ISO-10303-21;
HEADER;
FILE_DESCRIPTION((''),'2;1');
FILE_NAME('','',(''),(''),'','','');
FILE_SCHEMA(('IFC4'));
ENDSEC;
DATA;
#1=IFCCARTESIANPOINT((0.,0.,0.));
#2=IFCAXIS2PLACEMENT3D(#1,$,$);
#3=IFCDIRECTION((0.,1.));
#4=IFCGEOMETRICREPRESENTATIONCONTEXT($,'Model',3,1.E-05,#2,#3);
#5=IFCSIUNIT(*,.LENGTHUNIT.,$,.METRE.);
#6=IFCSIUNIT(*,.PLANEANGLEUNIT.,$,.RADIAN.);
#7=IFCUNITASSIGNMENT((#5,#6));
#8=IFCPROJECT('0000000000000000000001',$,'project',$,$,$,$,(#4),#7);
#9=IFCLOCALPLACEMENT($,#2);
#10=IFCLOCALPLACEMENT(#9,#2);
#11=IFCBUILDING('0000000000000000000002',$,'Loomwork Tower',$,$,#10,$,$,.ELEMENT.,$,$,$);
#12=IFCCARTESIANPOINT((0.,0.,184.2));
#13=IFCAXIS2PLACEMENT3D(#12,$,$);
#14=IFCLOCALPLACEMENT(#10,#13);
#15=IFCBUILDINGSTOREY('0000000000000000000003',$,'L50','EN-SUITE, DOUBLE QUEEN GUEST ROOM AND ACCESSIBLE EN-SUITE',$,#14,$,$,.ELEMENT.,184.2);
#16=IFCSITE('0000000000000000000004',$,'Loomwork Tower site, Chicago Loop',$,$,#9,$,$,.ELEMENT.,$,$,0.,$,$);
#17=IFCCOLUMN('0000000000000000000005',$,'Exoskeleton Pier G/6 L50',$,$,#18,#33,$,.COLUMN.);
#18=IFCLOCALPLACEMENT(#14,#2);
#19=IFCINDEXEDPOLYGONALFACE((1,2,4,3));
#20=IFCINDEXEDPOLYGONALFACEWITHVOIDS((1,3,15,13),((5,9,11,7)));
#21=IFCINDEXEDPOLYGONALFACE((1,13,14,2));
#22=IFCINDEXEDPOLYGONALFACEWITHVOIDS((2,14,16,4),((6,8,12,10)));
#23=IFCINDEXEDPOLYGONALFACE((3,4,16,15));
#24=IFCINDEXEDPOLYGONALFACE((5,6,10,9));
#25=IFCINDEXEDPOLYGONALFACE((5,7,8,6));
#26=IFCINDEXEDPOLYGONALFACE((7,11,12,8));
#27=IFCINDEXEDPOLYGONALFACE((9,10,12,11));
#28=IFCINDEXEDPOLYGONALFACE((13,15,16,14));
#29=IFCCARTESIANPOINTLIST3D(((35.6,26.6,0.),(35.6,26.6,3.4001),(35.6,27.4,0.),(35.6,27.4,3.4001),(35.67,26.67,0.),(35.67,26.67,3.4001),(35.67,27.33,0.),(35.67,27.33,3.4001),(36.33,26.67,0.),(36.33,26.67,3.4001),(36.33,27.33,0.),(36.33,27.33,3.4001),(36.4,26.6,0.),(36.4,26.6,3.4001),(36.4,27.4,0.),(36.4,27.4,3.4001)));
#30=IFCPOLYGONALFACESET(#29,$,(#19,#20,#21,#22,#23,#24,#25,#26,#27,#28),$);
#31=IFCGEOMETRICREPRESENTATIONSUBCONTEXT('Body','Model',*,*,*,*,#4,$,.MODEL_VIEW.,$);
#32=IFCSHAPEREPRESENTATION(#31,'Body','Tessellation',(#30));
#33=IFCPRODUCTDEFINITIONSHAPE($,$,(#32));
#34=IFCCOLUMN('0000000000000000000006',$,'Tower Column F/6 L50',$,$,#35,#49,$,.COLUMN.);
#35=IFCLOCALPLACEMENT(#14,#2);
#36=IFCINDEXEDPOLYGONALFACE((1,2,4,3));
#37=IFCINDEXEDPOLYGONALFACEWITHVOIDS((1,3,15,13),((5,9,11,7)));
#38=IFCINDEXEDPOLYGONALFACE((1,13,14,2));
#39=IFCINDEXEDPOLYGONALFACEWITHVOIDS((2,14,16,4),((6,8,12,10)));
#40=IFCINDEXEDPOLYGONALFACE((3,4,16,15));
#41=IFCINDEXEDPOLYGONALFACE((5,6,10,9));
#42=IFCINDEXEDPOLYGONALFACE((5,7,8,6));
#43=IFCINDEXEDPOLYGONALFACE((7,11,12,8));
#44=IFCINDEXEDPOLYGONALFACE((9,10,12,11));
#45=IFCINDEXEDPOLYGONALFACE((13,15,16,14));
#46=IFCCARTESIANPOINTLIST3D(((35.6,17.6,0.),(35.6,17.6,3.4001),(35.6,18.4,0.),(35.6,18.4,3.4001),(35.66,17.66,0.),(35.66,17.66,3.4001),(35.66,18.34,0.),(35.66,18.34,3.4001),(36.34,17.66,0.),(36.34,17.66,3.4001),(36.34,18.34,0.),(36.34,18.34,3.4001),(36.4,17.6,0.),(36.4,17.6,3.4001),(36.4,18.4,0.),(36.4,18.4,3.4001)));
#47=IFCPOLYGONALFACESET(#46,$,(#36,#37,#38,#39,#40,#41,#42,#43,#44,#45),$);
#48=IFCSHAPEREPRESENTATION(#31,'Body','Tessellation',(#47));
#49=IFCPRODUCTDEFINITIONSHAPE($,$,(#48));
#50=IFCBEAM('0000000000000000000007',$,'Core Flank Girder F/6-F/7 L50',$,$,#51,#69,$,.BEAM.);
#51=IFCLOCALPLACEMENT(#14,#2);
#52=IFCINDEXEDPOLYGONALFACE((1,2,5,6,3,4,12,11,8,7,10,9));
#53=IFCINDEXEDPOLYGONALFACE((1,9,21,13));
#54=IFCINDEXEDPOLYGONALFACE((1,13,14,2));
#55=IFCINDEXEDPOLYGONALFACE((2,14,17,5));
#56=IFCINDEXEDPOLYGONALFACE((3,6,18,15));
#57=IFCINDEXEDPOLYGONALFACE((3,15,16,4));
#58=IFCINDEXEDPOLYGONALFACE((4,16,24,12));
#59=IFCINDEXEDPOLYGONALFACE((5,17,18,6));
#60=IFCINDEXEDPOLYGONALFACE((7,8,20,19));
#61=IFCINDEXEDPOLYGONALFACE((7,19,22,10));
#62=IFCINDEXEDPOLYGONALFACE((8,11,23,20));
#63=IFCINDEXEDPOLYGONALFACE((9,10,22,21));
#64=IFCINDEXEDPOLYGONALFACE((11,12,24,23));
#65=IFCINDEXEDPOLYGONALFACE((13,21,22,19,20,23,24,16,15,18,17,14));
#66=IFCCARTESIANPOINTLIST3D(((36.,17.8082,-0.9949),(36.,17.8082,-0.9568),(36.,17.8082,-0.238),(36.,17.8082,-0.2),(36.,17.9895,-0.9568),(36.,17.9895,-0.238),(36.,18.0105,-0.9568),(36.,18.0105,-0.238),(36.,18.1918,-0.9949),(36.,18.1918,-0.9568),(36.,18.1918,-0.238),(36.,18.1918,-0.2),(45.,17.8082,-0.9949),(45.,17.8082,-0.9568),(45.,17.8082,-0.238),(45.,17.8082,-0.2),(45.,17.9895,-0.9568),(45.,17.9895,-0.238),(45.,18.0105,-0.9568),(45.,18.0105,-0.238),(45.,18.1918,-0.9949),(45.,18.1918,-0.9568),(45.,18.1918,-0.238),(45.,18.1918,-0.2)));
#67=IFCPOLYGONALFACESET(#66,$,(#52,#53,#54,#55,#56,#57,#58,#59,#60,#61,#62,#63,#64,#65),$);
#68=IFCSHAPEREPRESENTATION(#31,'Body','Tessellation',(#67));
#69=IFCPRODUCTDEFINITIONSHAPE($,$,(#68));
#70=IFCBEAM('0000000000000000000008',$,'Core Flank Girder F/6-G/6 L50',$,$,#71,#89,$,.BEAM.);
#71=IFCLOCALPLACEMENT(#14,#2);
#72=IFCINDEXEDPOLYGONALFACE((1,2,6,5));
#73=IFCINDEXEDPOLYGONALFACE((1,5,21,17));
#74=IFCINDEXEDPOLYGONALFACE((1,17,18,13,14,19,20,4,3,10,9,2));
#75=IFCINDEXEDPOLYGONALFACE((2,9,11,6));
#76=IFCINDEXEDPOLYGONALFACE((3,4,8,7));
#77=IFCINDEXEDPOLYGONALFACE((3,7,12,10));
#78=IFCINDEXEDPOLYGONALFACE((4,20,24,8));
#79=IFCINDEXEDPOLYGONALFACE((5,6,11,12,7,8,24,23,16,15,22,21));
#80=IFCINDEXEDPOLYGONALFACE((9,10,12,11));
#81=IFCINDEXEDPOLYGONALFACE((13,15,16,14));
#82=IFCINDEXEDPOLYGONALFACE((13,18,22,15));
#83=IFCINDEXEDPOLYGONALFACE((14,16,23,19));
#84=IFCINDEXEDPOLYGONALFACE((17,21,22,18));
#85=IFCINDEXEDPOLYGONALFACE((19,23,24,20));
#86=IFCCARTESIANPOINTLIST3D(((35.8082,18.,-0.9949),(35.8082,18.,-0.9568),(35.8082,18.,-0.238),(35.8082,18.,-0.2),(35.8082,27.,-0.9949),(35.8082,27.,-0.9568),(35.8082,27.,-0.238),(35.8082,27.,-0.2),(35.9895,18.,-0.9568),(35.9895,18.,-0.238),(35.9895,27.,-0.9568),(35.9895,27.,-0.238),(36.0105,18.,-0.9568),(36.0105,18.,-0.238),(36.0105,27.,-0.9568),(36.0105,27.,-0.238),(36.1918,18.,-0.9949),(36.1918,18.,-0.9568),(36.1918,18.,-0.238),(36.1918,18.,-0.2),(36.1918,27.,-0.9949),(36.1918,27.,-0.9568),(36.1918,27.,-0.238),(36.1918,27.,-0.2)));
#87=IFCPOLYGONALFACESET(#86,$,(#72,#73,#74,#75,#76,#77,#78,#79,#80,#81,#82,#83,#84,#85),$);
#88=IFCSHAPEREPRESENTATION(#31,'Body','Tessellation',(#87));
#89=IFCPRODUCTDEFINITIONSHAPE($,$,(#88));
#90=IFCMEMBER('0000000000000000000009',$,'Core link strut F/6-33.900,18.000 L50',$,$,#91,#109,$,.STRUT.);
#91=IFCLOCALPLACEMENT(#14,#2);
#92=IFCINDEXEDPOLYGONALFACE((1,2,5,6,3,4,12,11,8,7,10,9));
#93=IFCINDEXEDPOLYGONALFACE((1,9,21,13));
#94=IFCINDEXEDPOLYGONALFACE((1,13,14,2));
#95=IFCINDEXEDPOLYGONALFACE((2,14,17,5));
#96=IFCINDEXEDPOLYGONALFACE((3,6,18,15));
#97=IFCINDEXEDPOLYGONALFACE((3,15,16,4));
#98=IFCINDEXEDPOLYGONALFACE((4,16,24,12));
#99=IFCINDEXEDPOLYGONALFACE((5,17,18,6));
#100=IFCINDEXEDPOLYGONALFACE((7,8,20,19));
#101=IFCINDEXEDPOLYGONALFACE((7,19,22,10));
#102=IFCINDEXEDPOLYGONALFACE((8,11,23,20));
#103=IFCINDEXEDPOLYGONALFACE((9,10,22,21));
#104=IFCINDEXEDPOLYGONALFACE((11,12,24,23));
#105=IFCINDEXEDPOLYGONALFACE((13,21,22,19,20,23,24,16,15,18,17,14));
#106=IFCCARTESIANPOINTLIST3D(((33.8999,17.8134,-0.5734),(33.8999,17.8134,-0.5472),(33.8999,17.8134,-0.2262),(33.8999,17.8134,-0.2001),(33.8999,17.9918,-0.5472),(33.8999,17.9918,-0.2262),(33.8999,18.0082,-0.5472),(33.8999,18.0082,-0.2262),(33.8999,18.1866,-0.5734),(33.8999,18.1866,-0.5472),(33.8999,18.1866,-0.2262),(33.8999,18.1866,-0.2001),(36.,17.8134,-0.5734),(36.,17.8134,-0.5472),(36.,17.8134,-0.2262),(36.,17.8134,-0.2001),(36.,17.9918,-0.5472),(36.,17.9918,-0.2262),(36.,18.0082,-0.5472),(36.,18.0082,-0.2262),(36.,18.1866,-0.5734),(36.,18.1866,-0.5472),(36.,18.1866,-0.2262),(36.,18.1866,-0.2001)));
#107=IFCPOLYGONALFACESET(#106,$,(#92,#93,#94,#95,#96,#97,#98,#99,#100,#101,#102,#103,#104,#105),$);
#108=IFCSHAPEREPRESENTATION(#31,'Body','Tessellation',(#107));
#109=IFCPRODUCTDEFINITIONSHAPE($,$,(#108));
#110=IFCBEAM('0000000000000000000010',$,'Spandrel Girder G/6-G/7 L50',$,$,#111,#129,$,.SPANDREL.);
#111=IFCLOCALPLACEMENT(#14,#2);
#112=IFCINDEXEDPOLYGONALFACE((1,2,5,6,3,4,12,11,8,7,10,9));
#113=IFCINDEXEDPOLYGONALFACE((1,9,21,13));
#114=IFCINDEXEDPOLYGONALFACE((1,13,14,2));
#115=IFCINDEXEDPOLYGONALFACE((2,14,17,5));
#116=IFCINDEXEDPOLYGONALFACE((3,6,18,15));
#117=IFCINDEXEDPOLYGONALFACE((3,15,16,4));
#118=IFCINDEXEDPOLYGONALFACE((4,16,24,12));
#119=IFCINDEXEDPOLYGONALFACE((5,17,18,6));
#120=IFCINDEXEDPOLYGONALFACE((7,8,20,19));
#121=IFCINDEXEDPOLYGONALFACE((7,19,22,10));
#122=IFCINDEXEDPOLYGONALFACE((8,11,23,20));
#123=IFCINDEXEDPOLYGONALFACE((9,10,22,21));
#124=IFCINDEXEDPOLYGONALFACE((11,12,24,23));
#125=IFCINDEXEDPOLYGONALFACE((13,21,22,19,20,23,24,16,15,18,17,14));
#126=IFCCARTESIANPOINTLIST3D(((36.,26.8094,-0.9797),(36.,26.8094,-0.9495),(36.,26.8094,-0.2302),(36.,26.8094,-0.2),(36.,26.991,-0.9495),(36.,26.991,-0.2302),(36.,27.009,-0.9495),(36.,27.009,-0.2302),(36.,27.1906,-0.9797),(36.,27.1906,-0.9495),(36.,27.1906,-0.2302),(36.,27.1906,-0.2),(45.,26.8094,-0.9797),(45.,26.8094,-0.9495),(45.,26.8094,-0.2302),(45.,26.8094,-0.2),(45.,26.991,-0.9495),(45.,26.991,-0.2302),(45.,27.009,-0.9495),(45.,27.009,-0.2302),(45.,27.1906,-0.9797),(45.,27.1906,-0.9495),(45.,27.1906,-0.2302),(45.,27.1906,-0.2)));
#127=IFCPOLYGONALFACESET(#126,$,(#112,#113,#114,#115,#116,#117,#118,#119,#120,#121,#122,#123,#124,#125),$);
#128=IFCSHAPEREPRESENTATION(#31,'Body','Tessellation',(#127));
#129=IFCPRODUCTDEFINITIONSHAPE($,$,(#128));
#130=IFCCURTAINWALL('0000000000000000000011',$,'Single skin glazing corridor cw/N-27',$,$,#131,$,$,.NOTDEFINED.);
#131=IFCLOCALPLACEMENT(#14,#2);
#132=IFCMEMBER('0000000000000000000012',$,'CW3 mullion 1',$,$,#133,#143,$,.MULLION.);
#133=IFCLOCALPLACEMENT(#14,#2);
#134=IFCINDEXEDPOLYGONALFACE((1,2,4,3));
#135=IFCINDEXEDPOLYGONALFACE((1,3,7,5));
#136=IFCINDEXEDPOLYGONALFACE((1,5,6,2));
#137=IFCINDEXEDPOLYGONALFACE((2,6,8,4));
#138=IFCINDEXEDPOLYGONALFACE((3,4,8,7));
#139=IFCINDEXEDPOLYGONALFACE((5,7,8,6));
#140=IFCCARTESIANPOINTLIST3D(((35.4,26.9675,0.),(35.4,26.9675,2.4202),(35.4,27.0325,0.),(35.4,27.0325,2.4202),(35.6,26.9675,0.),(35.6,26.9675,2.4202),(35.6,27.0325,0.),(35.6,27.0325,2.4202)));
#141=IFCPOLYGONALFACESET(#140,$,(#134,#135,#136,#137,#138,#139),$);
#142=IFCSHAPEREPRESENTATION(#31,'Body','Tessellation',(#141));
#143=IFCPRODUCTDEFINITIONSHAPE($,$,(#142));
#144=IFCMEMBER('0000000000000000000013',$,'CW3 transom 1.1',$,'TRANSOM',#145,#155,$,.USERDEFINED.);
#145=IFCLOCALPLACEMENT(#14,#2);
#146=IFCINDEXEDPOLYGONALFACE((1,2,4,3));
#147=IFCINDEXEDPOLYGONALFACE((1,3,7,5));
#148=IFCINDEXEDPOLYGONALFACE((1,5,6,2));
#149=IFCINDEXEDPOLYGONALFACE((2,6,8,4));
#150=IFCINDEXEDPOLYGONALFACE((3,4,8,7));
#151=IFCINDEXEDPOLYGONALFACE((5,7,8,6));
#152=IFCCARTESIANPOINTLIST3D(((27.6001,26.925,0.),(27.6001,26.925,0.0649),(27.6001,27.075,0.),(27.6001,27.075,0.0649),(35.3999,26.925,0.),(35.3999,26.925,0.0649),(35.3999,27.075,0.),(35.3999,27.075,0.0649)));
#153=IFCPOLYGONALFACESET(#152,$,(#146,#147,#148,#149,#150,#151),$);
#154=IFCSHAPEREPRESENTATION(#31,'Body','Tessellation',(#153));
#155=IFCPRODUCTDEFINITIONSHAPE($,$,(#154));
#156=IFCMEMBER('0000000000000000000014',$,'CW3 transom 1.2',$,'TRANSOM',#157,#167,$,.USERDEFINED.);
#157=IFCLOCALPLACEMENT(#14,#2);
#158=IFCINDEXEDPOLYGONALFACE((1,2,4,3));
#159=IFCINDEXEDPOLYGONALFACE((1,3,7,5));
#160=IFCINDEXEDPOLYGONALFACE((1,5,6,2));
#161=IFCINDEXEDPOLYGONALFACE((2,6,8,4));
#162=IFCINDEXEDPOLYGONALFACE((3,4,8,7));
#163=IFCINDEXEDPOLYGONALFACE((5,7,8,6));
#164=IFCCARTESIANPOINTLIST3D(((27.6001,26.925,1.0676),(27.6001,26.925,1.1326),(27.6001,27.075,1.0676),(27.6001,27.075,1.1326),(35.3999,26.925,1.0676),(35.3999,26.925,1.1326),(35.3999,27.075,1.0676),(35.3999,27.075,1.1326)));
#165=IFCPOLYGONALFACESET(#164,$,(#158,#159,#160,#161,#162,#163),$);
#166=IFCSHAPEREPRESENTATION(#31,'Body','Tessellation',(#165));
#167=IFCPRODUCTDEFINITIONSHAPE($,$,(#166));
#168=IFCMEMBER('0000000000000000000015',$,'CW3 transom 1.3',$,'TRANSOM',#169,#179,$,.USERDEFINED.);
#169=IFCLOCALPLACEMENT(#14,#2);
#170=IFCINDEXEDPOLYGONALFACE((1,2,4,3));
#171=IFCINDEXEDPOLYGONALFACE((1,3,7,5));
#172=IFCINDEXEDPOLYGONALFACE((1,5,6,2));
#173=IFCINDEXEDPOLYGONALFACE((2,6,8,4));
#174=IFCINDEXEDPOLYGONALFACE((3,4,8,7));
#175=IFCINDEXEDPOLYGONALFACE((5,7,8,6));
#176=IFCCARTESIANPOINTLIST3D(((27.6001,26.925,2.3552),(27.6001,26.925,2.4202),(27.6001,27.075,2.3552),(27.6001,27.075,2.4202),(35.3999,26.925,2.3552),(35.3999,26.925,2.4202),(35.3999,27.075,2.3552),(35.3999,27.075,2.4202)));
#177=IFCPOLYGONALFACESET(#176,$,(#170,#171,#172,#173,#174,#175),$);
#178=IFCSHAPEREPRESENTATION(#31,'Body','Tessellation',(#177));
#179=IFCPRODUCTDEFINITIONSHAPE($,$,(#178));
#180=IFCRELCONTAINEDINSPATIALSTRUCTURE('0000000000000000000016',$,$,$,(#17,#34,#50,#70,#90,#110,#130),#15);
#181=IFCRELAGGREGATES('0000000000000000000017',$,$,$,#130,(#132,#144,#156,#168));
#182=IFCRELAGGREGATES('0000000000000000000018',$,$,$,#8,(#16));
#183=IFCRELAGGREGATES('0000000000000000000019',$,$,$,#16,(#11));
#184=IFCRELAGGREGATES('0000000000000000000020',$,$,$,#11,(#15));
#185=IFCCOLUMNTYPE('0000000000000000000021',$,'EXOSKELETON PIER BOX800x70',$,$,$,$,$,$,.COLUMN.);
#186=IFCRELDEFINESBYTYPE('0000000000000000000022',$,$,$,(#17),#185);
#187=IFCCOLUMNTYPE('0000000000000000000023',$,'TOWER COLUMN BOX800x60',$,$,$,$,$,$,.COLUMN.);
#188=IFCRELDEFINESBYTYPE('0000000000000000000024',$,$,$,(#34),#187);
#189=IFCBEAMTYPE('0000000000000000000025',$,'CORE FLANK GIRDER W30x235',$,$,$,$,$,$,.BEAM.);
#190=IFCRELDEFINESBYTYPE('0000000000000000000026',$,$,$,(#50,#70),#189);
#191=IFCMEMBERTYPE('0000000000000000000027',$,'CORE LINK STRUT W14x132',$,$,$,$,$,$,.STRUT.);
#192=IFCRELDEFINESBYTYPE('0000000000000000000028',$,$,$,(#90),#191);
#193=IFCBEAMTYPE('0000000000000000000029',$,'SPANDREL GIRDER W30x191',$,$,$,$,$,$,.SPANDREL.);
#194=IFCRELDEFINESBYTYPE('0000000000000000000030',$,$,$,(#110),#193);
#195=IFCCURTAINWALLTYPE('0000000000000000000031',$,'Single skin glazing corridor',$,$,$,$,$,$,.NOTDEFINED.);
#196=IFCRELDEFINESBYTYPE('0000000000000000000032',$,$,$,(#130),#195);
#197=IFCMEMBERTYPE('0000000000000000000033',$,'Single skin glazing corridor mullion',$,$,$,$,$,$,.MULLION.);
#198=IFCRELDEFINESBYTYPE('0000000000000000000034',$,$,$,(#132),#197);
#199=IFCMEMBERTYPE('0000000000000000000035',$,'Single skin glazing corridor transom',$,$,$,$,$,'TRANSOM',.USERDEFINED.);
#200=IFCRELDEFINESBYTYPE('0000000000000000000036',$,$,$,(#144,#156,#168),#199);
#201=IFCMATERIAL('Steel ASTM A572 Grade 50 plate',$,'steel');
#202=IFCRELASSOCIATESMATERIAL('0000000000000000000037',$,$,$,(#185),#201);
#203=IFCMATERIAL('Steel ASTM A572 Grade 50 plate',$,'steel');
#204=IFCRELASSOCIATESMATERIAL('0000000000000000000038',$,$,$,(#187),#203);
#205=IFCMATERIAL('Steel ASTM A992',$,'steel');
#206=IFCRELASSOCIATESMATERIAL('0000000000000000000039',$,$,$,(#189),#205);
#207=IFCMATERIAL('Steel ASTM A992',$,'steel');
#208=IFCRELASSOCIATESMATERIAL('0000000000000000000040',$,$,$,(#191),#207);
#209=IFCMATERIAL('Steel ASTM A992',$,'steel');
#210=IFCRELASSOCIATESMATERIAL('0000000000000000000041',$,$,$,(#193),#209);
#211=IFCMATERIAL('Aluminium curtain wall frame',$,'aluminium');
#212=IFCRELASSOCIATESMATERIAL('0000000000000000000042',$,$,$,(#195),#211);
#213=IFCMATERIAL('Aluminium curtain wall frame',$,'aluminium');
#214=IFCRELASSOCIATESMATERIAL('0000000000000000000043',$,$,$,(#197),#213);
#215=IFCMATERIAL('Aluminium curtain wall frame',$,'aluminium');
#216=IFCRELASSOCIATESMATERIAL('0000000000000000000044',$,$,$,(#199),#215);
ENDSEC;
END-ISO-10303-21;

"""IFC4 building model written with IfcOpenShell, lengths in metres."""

from ifc_helpers import new_model, si_unit, direction, frame, origin, origin_2d, place, context, subcontext, project, spatial, rectangle, hollow_rectangle, i_section, extrude, material, material_profile, profile_set, type_object, element, aggregate, save


model = new_model("IFC4")

# Units and contexts
model_context = context("Model", 3, precision=1e-05, world=origin(), true_north=direction((0.0, 1.0)))
body_context = subcontext(model_context, "Body", "Model", "MODEL_VIEW")
ifc_project = project(units=[si_unit("LENGTHUNIT", "METRE"), si_unit("PLANEANGLEUNIT", "RADIAN")], contexts=[model_context])

# Site, building, storey
site_placement = place(None, origin())
site = spatial("IfcSite", under=ifc_project, at=site_placement, Name="Loomwork Tower site, Chicago Loop", CompositionType="ELEMENT", RefElevation=0.0)
building_placement = place(site_placement, origin())
building = spatial("IfcBuilding", under=site, at=building_placement, Name="Loomwork Tower", CompositionType="ELEMENT")
storey_placement = place(building_placement, frame((0.0, 0.0, 184.2)))
storey = spatial("IfcBuildingStorey", under=building, at=storey_placement, Name="L50", Description="EN-SUITE, DOUBLE QUEEN GUEST ROOM AND ACCESSIBLE EN-SUITE", CompositionType="ELEMENT", Elevation=184.2)

# Columns
ifc_material_1 = material(Name="Steel ASTM A572 Grade 50 plate", Category="steel")
ifc_material_profile_1 = material_profile(ifc_material_1, hollow_rectangle(XDim=0.8, YDim=0.8, WallThickness=0.0701, at=origin_2d()), Name="BOX800x70")
ifc_profile_set_1 = profile_set([ifc_material_profile_1], Name="Steel ASTM A572 Grade 50 plate")
column_type_1 = type_object("IfcColumnType", Name="EXOSKELETON PIER BOX800x70", PredefinedType="COLUMN", material=ifc_profile_set_1)
column_1_placement = place(storey_placement, frame((36.0, 27.0, 0.0), z_axis=(0.0, 0.0, 1.0), x_axis=(1.0, 0.0, 0.0)))
element("IfcColumn", 1, at=column_1_placement, inside=storey, type_object=column_type_1, Name="Exoskeleton Pier G/6 L50", PredefinedType="COLUMN", context=body_context, shape_type="SweptSolid", body=[
    extrude(hollow_rectangle(XDim=0.8, YDim=0.8, WallThickness=0.0701, at=origin_2d()), origin(), (0.0, 0.0, 1.0), 3.4001),
])
ifc_material_2 = material(Name="Steel ASTM A572 Grade 50 plate", Category="steel")
ifc_material_profile_2 = material_profile(ifc_material_2, hollow_rectangle(XDim=0.8, YDim=0.8, WallThickness=0.0601, at=origin_2d()), Name="BOX800x60")
ifc_profile_set_2 = profile_set([ifc_material_profile_2], Name="Steel ASTM A572 Grade 50 plate")
column_type_2 = type_object("IfcColumnType", Name="TOWER COLUMN BOX800x60", PredefinedType="COLUMN", material=ifc_profile_set_2)
column_2_placement = place(storey_placement, frame((36.0, 18.0, 0.0), z_axis=(0.0, 0.0, 1.0), x_axis=(0.0, 1.0, 0.0)))
element("IfcColumn", 2, at=column_2_placement, inside=storey, type_object=column_type_2, Name="Tower Column F/6 L50", PredefinedType="COLUMN", context=body_context, shape_type="SweptSolid", body=[
    extrude(hollow_rectangle(XDim=0.8, YDim=0.8, WallThickness=0.0601, at=origin_2d()), origin(), (0.0, 0.0, 1.0), 3.4001),
])

# Beams
ifc_material_3 = material(Name="Steel ASTM A992", Category="steel")
ifc_material_profile_3 = material_profile(ifc_material_3, i_section(OverallWidth=0.3835, OverallDepth=0.7949, WebThickness=0.021, FlangeThickness=0.0381, at=origin_2d()), Name="W30x235")
ifc_profile_set_3 = profile_set([ifc_material_profile_3], Name="Steel ASTM A992")
beam_type_1 = type_object("IfcBeamType", Name="CORE FLANK GIRDER W30x235", PredefinedType="BEAM", material=ifc_profile_set_3)
for number, where, z_axis, x_axis, name in (
    (3, (36.0, 18.0, -0.5974), (1.0, 0.0, 0.0), (0.0, 1.0, 0.0), "Core Flank Girder F/6-F/7 L50"),
    (4, (36.0, 18.0, -0.5974), (0.0, 1.0, 0.0), (-1.0, 0.0, 0.0), "Core Flank Girder F/6-G/6 L50"),
):
    element("IfcBeam", number, at=place(storey_placement, frame(where, z_axis=z_axis, x_axis=x_axis)), inside=storey, type_object=beam_type_1, Name=name, PredefinedType="BEAM", context=body_context, shape_type="SweptSolid", body=[
        extrude(i_section(OverallWidth=0.3835, OverallDepth=0.7949, WebThickness=0.021, FlangeThickness=0.0381, at=origin_2d()), origin(), (0.0, 0.0, 1.0), 9.0),
    ])

# Member
ifc_material_4 = material(Name="Steel ASTM A992", Category="steel")
ifc_material_profile_4 = material_profile(ifc_material_4, i_section(OverallWidth=0.3733, OverallDepth=0.3733, WebThickness=0.0164, FlangeThickness=0.0261, at=origin_2d()), Name="W14x132")
ifc_profile_set_4 = profile_set([ifc_material_profile_4], Name="Steel ASTM A992")
member_type_1 = type_object("IfcMemberType", Name="CORE LINK STRUT W14x132", PredefinedType="STRUT", material=ifc_profile_set_4)
member_1_placement = place(storey_placement, frame((36.0, 18.0, -0.3867), z_axis=(-1.0, 0.0, 0.0), x_axis=(0.0, -1.0, 0.0)))
element("IfcMember", 5, at=member_1_placement, inside=storey, type_object=member_type_1, Name="Core link strut F/6-33.900,18.000 L50", PredefinedType="STRUT", context=body_context, shape_type="SweptSolid", body=[
    extrude(i_section(OverallWidth=0.3733, OverallDepth=0.3733, WebThickness=0.0164, FlangeThickness=0.0261, at=origin_2d()), origin(), (0.0, 0.0, 1.0), 2.1001),
])

# Beam
ifc_material_5 = material(Name="Steel ASTM A992", Category="steel")
ifc_material_profile_5 = material_profile(ifc_material_5, i_section(OverallWidth=0.3811, OverallDepth=0.7798, WebThickness=0.0181, FlangeThickness=0.0303, at=origin_2d()), Name="W30x191")
ifc_profile_set_5 = profile_set([ifc_material_profile_5], Name="Steel ASTM A992")
beam_type_2 = type_object("IfcBeamType", Name="SPANDREL GIRDER W30x191", PredefinedType="SPANDREL", material=ifc_profile_set_5)
beam_placement = place(storey_placement, frame((36.0, 27.0, -0.5898), z_axis=(1.0, 0.0, 0.0), x_axis=(0.0, 1.0, 0.0)))
element("IfcBeam", 6, at=beam_placement, inside=storey, type_object=beam_type_2, Name="Spandrel Girder G/6-G/7 L50", PredefinedType="SPANDREL", context=body_context, shape_type="SweptSolid", body=[
    extrude(i_section(OverallWidth=0.3811, OverallDepth=0.7798, WebThickness=0.0181, FlangeThickness=0.0303, at=origin_2d()), origin(), (0.0, 0.0, 1.0), 9.0),
])

# Curtain wall, members
ifc_material_6 = material(Name="Aluminium curtain wall frame", Category="aluminium")
curtain_wall_type = type_object("IfcCurtainWallType", Name="Single skin glazing corridor", PredefinedType="NOTDEFINED", material=ifc_material_6)
curtain_wall_placement = place(storey_placement, origin())
curtain_wall = element("IfcCurtainWall", 7, at=curtain_wall_placement, inside=storey, type_object=curtain_wall_type, Name="Single skin glazing corridor cw/N-27", PredefinedType="NOTDEFINED")
ifc_material_7 = material(Name="Aluminium curtain wall frame", Category="aluminium")
ifc_material_profile_6 = material_profile(ifc_material_7, rectangle(XDim=0.0649, YDim=0.2, at=origin_2d()), Name="AL 65x200")
ifc_profile_set_6 = profile_set([ifc_material_profile_6], Name="Aluminium curtain wall frame")
member_type_2 = type_object("IfcMemberType", Name="Single skin glazing corridor mullion", PredefinedType="MULLION", material=ifc_profile_set_6)
member_2_placement = place(storey_placement, frame((35.5, 27.0, 0.0), z_axis=(0.0, 0.0, 1.0), x_axis=(0.0, -1.0, 0.0)))
member_2 = element("IfcMember", 8, at=member_2_placement, type_object=member_type_2, Name="CW3 mullion 1", PredefinedType="MULLION", context=body_context, shape_type="SweptSolid", body=[
    extrude(rectangle(XDim=0.0649, YDim=0.2, at=origin_2d()), origin(), (0.0, 0.0, 1.0), 2.4202),
])
ifc_material_8 = material(Name="Aluminium curtain wall frame", Category="aluminium")
ifc_material_profile_7 = material_profile(ifc_material_8, rectangle(XDim=0.1499, YDim=0.0649, at=origin_2d()), Name="AL 65x150")
ifc_profile_set_7 = profile_set([ifc_material_profile_7], Name="Aluminium curtain wall frame")
member_type_3 = type_object("IfcMemberType", Name="Single skin glazing corridor transom", ElementType="TRANSOM", PredefinedType="USERDEFINED", material=ifc_profile_set_7)
member_3_placement = place(storey_placement, frame((35.3999, 27.0, 0.0325), z_axis=(-1.0, 0.0, 0.0), x_axis=(0.0, -1.0, 0.0)))
member_3 = element("IfcMember", 9, at=member_3_placement, type_object=member_type_3, Name="CW3 transom 1.1", ObjectType="TRANSOM", PredefinedType="USERDEFINED", context=body_context, shape_type="SweptSolid", body=[
    extrude(rectangle(XDim=0.1499, YDim=0.0649, at=origin_2d()), origin(), (0.0, 0.0, 1.0), 7.7998),
])
member_4_placement = place(storey_placement, frame((35.3999, 27.0, 1.1001), z_axis=(-1.0, 0.0, 0.0), x_axis=(0.0, -1.0, 0.0)))
member_4 = element("IfcMember", 10, at=member_4_placement, type_object=member_type_3, Name="CW3 transom 1.2", ObjectType="TRANSOM", PredefinedType="USERDEFINED", context=body_context, shape_type="SweptSolid", body=[
    extrude(rectangle(XDim=0.1499, YDim=0.0649, at=origin_2d()), origin(), (0.0, 0.0, 1.0), 7.7998),
])
member_5_placement = place(storey_placement, frame((35.3999, 27.0, 2.3877), z_axis=(-1.0, 0.0, 0.0), x_axis=(0.0, -1.0, 0.0)))
member_5 = element("IfcMember", 11, at=member_5_placement, type_object=member_type_3, Name="CW3 transom 1.3", ObjectType="TRANSOM", PredefinedType="USERDEFINED", context=body_context, shape_type="SweptSolid", body=[
    extrude(rectangle(XDim=0.1499, YDim=0.0649, at=origin_2d()), origin(), (0.0, 0.0, 1.0), 7.7998),
])
aggregate(curtain_wall, [member_2, member_3, member_4, member_5])

save(model, "model.ifc")
